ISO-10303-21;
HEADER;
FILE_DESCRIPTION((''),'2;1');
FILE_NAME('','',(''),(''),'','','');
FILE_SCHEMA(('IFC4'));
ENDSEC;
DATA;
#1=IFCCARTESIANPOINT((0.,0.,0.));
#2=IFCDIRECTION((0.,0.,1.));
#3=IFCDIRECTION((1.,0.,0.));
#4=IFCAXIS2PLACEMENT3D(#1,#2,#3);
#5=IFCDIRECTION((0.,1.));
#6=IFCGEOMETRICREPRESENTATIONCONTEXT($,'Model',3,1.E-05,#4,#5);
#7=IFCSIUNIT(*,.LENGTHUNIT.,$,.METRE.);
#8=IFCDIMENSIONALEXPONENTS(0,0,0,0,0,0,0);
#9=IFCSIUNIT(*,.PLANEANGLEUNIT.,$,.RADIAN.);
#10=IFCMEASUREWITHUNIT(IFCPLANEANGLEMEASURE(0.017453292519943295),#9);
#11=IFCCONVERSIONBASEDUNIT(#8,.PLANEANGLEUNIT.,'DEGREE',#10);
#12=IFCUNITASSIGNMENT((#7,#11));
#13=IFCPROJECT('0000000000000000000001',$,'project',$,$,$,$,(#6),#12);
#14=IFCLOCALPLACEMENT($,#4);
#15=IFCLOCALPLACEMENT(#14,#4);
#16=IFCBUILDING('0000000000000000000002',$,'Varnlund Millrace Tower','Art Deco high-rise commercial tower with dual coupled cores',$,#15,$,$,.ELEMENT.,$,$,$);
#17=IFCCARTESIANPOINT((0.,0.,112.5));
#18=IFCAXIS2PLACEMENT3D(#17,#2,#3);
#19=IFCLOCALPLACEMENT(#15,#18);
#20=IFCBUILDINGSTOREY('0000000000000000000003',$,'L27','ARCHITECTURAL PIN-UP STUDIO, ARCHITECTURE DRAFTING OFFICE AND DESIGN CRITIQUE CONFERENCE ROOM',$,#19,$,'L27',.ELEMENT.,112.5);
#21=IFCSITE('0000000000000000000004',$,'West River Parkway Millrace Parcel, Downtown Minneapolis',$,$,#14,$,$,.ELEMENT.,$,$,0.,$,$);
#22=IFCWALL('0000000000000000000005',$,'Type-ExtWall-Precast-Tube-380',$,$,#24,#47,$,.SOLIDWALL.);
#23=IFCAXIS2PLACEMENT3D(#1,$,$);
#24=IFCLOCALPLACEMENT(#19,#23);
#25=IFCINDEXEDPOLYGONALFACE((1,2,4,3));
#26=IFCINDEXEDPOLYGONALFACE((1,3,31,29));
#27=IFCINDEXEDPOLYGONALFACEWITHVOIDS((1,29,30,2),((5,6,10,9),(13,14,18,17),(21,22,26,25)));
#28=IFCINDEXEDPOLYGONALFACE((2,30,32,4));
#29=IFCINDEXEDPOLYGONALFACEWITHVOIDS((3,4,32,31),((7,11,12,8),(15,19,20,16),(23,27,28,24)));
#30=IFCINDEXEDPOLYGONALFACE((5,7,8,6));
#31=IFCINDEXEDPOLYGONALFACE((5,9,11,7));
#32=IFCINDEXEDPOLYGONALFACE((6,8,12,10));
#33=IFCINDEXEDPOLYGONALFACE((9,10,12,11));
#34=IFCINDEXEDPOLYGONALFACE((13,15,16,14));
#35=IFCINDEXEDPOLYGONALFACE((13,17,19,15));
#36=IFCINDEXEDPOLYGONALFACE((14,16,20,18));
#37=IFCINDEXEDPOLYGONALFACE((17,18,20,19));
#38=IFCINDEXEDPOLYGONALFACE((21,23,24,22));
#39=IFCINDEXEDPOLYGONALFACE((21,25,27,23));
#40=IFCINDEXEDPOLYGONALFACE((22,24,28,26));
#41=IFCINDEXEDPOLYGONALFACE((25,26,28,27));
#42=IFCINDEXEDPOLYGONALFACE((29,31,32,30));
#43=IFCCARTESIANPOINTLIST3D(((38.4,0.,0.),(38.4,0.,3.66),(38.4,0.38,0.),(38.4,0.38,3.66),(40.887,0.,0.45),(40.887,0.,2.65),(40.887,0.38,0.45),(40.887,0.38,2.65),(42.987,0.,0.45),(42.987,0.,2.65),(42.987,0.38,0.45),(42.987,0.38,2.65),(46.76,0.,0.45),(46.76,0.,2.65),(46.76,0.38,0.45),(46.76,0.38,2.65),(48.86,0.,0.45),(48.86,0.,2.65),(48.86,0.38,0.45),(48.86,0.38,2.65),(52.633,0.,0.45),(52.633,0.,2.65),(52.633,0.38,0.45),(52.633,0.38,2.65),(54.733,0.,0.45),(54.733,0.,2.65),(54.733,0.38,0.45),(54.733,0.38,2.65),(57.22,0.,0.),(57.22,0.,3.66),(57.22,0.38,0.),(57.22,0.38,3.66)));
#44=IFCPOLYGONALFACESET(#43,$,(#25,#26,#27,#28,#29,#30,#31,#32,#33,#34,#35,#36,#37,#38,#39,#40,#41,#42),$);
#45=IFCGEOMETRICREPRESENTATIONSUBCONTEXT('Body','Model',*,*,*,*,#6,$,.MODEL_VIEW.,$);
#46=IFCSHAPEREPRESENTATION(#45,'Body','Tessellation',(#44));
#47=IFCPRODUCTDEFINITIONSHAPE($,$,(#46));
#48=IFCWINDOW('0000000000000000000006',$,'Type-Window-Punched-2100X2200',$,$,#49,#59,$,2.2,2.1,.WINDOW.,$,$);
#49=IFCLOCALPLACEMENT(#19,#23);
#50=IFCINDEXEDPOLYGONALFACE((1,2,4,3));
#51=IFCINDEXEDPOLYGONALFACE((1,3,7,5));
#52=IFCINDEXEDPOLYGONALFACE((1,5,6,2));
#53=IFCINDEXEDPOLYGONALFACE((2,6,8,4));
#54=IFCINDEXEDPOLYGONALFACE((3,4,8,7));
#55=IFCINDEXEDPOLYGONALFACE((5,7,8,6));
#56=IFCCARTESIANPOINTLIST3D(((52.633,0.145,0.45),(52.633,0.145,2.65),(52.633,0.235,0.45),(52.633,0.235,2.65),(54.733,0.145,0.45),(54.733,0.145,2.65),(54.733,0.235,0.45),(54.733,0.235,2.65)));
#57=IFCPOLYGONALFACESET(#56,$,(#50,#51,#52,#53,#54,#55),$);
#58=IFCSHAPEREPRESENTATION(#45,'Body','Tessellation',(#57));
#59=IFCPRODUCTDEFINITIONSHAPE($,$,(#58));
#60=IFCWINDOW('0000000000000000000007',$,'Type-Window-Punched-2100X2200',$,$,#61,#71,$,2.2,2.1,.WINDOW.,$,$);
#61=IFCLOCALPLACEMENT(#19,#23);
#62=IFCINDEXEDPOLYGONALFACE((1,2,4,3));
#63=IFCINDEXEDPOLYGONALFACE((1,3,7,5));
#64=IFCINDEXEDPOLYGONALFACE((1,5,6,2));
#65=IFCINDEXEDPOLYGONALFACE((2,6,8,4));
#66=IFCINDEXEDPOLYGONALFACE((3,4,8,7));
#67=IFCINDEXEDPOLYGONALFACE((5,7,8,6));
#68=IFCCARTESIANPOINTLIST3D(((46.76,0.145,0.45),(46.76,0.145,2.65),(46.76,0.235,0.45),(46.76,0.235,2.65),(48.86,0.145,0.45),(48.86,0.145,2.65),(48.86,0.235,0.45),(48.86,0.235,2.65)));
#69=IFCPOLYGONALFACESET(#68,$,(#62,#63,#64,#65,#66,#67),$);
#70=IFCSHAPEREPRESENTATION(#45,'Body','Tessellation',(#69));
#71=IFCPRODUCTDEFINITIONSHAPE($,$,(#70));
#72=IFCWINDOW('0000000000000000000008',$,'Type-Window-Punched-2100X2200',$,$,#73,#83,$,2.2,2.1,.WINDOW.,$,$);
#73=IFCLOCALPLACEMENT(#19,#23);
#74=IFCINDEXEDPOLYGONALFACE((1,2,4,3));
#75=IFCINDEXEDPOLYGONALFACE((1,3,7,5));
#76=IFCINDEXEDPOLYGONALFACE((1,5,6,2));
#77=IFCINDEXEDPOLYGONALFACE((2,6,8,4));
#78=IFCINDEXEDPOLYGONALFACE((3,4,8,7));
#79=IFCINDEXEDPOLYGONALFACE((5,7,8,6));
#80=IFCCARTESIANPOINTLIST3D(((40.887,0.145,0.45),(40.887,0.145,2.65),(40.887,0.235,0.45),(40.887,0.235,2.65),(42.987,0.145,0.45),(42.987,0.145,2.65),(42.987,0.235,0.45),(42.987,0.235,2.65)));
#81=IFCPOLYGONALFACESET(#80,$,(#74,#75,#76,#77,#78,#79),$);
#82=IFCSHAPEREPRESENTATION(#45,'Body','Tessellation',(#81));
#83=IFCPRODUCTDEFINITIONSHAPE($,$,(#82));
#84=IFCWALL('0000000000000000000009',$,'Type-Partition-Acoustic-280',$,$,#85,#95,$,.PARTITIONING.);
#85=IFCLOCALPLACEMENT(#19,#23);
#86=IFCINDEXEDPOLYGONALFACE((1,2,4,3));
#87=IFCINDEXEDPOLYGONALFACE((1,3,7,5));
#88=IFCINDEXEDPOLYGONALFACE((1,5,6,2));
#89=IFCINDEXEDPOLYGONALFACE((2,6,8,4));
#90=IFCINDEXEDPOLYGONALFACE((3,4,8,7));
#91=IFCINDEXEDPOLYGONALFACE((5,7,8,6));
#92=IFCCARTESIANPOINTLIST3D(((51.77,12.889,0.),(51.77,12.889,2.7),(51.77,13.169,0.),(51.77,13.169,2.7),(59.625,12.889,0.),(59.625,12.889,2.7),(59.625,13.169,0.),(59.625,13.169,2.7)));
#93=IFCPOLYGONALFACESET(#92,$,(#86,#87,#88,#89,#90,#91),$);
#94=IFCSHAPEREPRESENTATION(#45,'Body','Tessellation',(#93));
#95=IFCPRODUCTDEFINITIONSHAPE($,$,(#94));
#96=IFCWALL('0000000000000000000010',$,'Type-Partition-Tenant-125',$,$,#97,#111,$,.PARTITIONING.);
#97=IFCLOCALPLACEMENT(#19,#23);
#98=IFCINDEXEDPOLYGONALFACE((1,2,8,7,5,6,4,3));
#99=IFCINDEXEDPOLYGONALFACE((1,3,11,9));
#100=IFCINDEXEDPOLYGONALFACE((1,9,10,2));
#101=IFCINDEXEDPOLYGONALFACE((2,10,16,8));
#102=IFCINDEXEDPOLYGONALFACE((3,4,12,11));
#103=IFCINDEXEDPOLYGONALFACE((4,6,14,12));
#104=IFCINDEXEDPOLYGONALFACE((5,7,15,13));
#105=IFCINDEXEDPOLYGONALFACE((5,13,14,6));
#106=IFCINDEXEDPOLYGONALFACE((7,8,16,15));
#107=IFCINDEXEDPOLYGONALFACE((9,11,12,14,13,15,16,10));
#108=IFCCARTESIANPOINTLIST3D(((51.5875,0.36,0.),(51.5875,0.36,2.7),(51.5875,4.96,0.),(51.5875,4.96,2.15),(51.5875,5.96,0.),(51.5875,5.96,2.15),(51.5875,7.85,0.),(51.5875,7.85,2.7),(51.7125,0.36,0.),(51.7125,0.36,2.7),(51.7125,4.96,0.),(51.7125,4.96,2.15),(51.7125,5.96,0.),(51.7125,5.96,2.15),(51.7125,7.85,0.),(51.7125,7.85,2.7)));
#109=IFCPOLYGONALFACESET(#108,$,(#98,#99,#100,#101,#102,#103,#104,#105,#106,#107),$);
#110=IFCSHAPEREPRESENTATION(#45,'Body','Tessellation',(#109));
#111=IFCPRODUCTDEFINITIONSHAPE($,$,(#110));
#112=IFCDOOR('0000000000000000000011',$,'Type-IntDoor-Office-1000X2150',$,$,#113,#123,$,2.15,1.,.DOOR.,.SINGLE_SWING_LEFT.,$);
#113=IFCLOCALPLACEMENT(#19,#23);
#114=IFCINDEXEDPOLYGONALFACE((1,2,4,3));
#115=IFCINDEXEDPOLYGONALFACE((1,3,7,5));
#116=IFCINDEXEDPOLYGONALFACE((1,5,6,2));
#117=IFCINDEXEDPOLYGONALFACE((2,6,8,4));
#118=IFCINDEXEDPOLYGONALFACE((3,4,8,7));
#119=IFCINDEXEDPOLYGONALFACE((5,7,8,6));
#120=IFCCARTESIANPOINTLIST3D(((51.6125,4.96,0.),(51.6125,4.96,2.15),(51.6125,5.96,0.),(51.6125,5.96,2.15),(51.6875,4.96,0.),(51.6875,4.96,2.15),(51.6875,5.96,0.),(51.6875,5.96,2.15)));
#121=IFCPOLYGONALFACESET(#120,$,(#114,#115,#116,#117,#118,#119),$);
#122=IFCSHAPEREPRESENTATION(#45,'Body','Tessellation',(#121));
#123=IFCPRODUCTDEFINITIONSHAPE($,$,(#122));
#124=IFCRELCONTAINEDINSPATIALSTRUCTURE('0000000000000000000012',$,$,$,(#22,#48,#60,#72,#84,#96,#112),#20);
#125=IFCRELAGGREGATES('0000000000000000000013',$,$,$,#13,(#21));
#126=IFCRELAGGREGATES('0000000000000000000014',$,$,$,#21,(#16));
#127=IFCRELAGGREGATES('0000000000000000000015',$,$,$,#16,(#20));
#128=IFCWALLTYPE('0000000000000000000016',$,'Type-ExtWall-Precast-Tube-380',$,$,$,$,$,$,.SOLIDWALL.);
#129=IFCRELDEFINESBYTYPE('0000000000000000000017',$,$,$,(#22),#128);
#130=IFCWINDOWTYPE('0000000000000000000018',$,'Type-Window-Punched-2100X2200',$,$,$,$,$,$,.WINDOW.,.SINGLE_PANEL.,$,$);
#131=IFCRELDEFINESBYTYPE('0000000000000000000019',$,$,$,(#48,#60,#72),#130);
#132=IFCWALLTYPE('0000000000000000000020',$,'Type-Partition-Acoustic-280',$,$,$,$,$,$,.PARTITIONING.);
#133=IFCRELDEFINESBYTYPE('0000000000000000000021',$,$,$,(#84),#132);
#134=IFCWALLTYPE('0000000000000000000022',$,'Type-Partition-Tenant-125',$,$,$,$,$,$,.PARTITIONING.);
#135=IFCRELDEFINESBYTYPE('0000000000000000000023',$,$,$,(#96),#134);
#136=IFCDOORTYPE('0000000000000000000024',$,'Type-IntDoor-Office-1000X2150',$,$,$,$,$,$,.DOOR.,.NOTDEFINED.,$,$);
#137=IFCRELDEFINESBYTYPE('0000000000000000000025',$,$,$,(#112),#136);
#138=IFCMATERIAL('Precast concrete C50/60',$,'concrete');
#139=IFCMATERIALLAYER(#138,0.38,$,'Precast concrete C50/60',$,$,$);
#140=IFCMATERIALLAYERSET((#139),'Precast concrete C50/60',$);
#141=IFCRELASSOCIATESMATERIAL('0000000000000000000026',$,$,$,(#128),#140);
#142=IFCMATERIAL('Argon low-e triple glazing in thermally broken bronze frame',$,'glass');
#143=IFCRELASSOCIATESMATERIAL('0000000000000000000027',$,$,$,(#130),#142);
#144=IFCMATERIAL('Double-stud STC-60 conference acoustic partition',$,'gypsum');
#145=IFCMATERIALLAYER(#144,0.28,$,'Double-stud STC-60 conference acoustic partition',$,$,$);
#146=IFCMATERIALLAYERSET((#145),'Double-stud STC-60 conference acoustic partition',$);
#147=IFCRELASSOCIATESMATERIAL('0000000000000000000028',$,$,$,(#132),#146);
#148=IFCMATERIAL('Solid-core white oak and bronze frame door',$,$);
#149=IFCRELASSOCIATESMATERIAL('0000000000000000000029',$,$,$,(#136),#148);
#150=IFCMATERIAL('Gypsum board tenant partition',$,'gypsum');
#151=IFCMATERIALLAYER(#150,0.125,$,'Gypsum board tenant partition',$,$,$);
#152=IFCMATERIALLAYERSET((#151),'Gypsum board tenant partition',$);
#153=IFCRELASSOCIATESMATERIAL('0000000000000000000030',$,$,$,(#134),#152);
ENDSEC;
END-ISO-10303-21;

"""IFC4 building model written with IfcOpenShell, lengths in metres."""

from ifc_helpers import new_model, entity, si_unit, converted_unit, direction, frame, origin_with_axes, origin_2d_with_axis, place, context, subcontext, project, spatial, polyline, rectangle, outline, extrude, material, layer, layer_set, type_object, element, fill, save


model = new_model("IFC4")

# Units and contexts
model_context = context("Model", 3, precision=1e-05, world=origin_with_axes(), true_north=direction((0.0, 1.0)))
body_context = subcontext(model_context, "Body", "Model", "MODEL_VIEW")
ifc_project = project(units=[si_unit("LENGTHUNIT", "METRE"), converted_unit("PLANEANGLEUNIT", "DEGREE", entity("IfcPlaneAngleMeasure", 0.017453292519943295), si_unit("PLANEANGLEUNIT", "RADIAN"), dimensions=[0, 0, 0, 0, 0, 0, 0])], contexts=[model_context])

# Site, building, storey
site_placement = place(None, origin_with_axes())
site = spatial("IfcSite", under=ifc_project, at=site_placement, Name="West River Parkway Millrace Parcel, Downtown Minneapolis", CompositionType="ELEMENT", RefElevation=0.0)
building_placement = place(site_placement, origin_with_axes())
building = spatial("IfcBuilding", under=site, at=building_placement, Name="Varnlund Millrace Tower", Description="Art Deco high-rise commercial tower with dual coupled cores", CompositionType="ELEMENT")
storey_placement = place(building_placement, frame((0.0, 0.0, 112.5), z_axis=(0.0, 0.0, 1.0), x_axis=(1.0, 0.0, 0.0)))
storey = spatial("IfcBuildingStorey", under=building, at=storey_placement, Name="L27", Description="ARCHITECTURAL PIN-UP STUDIO, ARCHITECTURE DRAFTING OFFICE AND DESIGN CRITIQUE CONFERENCE ROOM", LongName="L27", CompositionType="ELEMENT", Elevation=112.5)

# Shared definitions
ifc_material_1 = material(Name="Precast concrete C50/60", Category="concrete")
ifc_layer_1 = layer(ifc_material_1, 0.38, Name="Precast concrete C50/60")
ifc_layer_set_1 = layer_set([ifc_layer_1], Name="Precast concrete C50/60")
wall_type_1 = type_object("IfcWallType", Name="Type-ExtWall-Precast-Tube-380", PredefinedType="SOLIDWALL", material=ifc_layer_set_1)

# Wall, openings, windows
wall_1_placement = place(storey_placement, frame((57.22, 0.19, 0.0), z_axis=(0.0, 0.0, 1.0), x_axis=(-1.0, 0.0, 0.0)))
wall_1 = element("IfcWall", 1, at=wall_1_placement, inside=storey, type_object=wall_type_1, Name="Type-ExtWall-Precast-Tube-380", PredefinedType="SOLIDWALL", context=body_context, shape_type="SweptSolid", body=[
    extrude(outline(polyline([(0.0, -0.19), (18.82, -0.19), (18.82, 0.19), (0.0, 0.19), (0.0, -0.19)])), origin_with_axes(), (0.0, 0.0, 1.0), 3.66),
])
opening_1_placement = place(wall_1_placement, frame((3.537, 0.0, 0.45), z_axis=(0.0, 0.0, 1.0), x_axis=(1.0, 0.0, 0.0)))
opening_1 = element("IfcOpeningElement", 2, at=opening_1_placement, cuts=wall_1, PredefinedType="OPENING", context=body_context, shape_type="SweptSolid", body=[
    extrude(rectangle(XDim=2.1, YDim=0.4, at=origin_2d_with_axis()), origin_with_axes(), (0.0, 0.0, 1.0), 2.2),
])
opening_2_placement = place(wall_1_placement, frame((9.41, 0.0, 0.45), z_axis=(0.0, 0.0, 1.0), x_axis=(1.0, 0.0, 0.0)))
opening_2 = element("IfcOpeningElement", 3, at=opening_2_placement, cuts=wall_1, PredefinedType="OPENING", context=body_context, shape_type="SweptSolid", body=[
    extrude(rectangle(XDim=2.1, YDim=0.4, at=origin_2d_with_axis()), origin_with_axes(), (0.0, 0.0, 1.0), 2.2),
])
opening_3_placement = place(wall_1_placement, frame((15.283, 0.0, 0.45), z_axis=(0.0, 0.0, 1.0), x_axis=(1.0, 0.0, 0.0)))
opening_3 = element("IfcOpeningElement", 4, at=opening_3_placement, cuts=wall_1, PredefinedType="OPENING", context=body_context, shape_type="SweptSolid", body=[
    extrude(rectangle(XDim=2.1, YDim=0.4, at=origin_2d_with_axis()), origin_with_axes(), (0.0, 0.0, 1.0), 2.2),
])
ifc_material_2 = material(Name="Argon low-e triple glazing in thermally broken bronze frame", Category="glass")
window_type = type_object("IfcWindowType", Name="Type-Window-Punched-2100X2200", PartitioningType="SINGLE_PANEL", PredefinedType="WINDOW", material=ifc_material_2)
window_1_placement = place(wall_1_placement, frame((3.537, 0.0, 0.45), z_axis=(0.0, 0.0, 1.0), x_axis=(1.0, 0.0, 0.0)))
window_1 = element("IfcWindow", 5, at=window_1_placement, inside=storey, type_object=window_type, Name="Type-Window-Punched-2100X2200", OverallHeight=2.2, OverallWidth=2.1, PredefinedType="WINDOW", context=body_context, shape_type="SweptSolid", body=[
    extrude(rectangle(XDim=2.1, YDim=0.09, at=origin_2d_with_axis()), origin_with_axes(), (0.0, 0.0, 1.0), 2.2),
])
fill(opening_1, window_1)
window_2_placement = place(wall_1_placement, frame((9.41, 0.0, 0.45), z_axis=(0.0, 0.0, 1.0), x_axis=(1.0, 0.0, 0.0)))
window_2 = element("IfcWindow", 6, at=window_2_placement, inside=storey, type_object=window_type, Name="Type-Window-Punched-2100X2200", OverallHeight=2.2, OverallWidth=2.1, PredefinedType="WINDOW", context=body_context, shape_type="SweptSolid", body=[
    extrude(rectangle(XDim=2.1, YDim=0.09, at=origin_2d_with_axis()), origin_with_axes(), (0.0, 0.0, 1.0), 2.2),
])
fill(opening_2, window_2)
window_3_placement = place(wall_1_placement, frame((15.283, 0.0, 0.45), z_axis=(0.0, 0.0, 1.0), x_axis=(1.0, 0.0, 0.0)))
window_3 = element("IfcWindow", 7, at=window_3_placement, inside=storey, type_object=window_type, Name="Type-Window-Punched-2100X2200", OverallHeight=2.2, OverallWidth=2.1, PredefinedType="WINDOW", context=body_context, shape_type="SweptSolid", body=[
    extrude(rectangle(XDim=2.1, YDim=0.09, at=origin_2d_with_axis()), origin_with_axes(), (0.0, 0.0, 1.0), 2.2),
])
fill(opening_3, window_3)

# Wall
ifc_material_3 = material(Name="Double-stud STC-60 conference acoustic partition", Category="gypsum")
ifc_layer_2 = layer(ifc_material_3, 0.28, Name="Double-stud STC-60 conference acoustic partition")
ifc_layer_set_2 = layer_set([ifc_layer_2], Name="Double-stud STC-60 conference acoustic partition")
wall_type_2 = type_object("IfcWallType", Name="Type-Partition-Acoustic-280", PredefinedType="PARTITIONING", material=ifc_layer_set_2)
wall_2_placement = place(storey_placement, frame((51.77, 13.029, 0.0), z_axis=(0.0, 0.0, 1.0), x_axis=(1.0, 0.0, 0.0)))
element("IfcWall", 8, at=wall_2_placement, inside=storey, type_object=wall_type_2, Name="Type-Partition-Acoustic-280", PredefinedType="PARTITIONING", context=body_context, shape_type="SweptSolid", body=[
    extrude(outline(polyline([(0.0, -0.14), (7.855, -0.14), (7.855, 0.14), (0.0, 0.14), (0.0, -0.14)])), origin_with_axes(), (0.0, 0.0, 1.0), 2.7),
])

# Shared definitions
ifc_material_4 = material(Name="Solid-core white oak and bronze frame door")
door_type = type_object("IfcDoorType", Name="Type-IntDoor-Office-1000X2150", OperationType="NOTDEFINED", PredefinedType="DOOR", material=ifc_material_4)

# Wall, opening, door
ifc_material_5 = material(Name="Gypsum board tenant partition", Category="gypsum")
ifc_layer_3 = layer(ifc_material_5, 0.125, Name="Gypsum board tenant partition")
ifc_layer_set_3 = layer_set([ifc_layer_3], Name="Gypsum board tenant partition")
wall_type_3 = type_object("IfcWallType", Name="Type-Partition-Tenant-125", PredefinedType="PARTITIONING", material=ifc_layer_set_3)
wall_3_placement = place(storey_placement, frame((51.65, 0.36, 0.0), z_axis=(0.0, 0.0, 1.0), x_axis=(0.0, 1.0, 0.0)))
wall_3 = element("IfcWall", 9, at=wall_3_placement, inside=storey, type_object=wall_type_3, Name="Type-Partition-Tenant-125", PredefinedType="PARTITIONING", context=body_context, shape_type="SweptSolid", body=[
    extrude(outline(polyline([(0.0, -0.0625), (7.49, -0.0625), (7.49, 0.0625), (0.0, 0.0625), (0.0, -0.0625)])), origin_with_axes(), (0.0, 0.0, 1.0), 2.7),
])
opening_4_placement = place(wall_3_placement, frame((5.1, 0.0, 0.0), z_axis=(0.0, 0.0, 1.0), x_axis=(1.0, 0.0, 0.0)))
opening_4 = element("IfcOpeningElement", 10, at=opening_4_placement, cuts=wall_3, PredefinedType="OPENING", context=body_context, shape_type="SweptSolid", body=[
    extrude(rectangle(XDim=1.0, YDim=0.145, at=origin_2d_with_axis()), origin_with_axes(), (0.0, 0.0, 1.0), 2.15),
])
door_1_placement = place(wall_3_placement, frame((5.1, 0.0, 0.0), z_axis=(0.0, 0.0, 1.0), x_axis=(1.0, 0.0, 0.0)))
door_1 = element("IfcDoor", 11, at=door_1_placement, inside=storey, type_object=door_type, Name="Type-IntDoor-Office-1000X2150", OperationType="SINGLE_SWING_LEFT", OverallHeight=2.15, OverallWidth=1.0, PredefinedType="DOOR", context=body_context, shape_type="SweptSolid", body=[
    extrude(rectangle(XDim=1.0, YDim=0.075, at=origin_2d_with_axis()), origin_with_axes(), (0.0, 0.0, 1.0), 2.15),
])
fill(opening_4, door_1)

save(model, "model.ifc")
